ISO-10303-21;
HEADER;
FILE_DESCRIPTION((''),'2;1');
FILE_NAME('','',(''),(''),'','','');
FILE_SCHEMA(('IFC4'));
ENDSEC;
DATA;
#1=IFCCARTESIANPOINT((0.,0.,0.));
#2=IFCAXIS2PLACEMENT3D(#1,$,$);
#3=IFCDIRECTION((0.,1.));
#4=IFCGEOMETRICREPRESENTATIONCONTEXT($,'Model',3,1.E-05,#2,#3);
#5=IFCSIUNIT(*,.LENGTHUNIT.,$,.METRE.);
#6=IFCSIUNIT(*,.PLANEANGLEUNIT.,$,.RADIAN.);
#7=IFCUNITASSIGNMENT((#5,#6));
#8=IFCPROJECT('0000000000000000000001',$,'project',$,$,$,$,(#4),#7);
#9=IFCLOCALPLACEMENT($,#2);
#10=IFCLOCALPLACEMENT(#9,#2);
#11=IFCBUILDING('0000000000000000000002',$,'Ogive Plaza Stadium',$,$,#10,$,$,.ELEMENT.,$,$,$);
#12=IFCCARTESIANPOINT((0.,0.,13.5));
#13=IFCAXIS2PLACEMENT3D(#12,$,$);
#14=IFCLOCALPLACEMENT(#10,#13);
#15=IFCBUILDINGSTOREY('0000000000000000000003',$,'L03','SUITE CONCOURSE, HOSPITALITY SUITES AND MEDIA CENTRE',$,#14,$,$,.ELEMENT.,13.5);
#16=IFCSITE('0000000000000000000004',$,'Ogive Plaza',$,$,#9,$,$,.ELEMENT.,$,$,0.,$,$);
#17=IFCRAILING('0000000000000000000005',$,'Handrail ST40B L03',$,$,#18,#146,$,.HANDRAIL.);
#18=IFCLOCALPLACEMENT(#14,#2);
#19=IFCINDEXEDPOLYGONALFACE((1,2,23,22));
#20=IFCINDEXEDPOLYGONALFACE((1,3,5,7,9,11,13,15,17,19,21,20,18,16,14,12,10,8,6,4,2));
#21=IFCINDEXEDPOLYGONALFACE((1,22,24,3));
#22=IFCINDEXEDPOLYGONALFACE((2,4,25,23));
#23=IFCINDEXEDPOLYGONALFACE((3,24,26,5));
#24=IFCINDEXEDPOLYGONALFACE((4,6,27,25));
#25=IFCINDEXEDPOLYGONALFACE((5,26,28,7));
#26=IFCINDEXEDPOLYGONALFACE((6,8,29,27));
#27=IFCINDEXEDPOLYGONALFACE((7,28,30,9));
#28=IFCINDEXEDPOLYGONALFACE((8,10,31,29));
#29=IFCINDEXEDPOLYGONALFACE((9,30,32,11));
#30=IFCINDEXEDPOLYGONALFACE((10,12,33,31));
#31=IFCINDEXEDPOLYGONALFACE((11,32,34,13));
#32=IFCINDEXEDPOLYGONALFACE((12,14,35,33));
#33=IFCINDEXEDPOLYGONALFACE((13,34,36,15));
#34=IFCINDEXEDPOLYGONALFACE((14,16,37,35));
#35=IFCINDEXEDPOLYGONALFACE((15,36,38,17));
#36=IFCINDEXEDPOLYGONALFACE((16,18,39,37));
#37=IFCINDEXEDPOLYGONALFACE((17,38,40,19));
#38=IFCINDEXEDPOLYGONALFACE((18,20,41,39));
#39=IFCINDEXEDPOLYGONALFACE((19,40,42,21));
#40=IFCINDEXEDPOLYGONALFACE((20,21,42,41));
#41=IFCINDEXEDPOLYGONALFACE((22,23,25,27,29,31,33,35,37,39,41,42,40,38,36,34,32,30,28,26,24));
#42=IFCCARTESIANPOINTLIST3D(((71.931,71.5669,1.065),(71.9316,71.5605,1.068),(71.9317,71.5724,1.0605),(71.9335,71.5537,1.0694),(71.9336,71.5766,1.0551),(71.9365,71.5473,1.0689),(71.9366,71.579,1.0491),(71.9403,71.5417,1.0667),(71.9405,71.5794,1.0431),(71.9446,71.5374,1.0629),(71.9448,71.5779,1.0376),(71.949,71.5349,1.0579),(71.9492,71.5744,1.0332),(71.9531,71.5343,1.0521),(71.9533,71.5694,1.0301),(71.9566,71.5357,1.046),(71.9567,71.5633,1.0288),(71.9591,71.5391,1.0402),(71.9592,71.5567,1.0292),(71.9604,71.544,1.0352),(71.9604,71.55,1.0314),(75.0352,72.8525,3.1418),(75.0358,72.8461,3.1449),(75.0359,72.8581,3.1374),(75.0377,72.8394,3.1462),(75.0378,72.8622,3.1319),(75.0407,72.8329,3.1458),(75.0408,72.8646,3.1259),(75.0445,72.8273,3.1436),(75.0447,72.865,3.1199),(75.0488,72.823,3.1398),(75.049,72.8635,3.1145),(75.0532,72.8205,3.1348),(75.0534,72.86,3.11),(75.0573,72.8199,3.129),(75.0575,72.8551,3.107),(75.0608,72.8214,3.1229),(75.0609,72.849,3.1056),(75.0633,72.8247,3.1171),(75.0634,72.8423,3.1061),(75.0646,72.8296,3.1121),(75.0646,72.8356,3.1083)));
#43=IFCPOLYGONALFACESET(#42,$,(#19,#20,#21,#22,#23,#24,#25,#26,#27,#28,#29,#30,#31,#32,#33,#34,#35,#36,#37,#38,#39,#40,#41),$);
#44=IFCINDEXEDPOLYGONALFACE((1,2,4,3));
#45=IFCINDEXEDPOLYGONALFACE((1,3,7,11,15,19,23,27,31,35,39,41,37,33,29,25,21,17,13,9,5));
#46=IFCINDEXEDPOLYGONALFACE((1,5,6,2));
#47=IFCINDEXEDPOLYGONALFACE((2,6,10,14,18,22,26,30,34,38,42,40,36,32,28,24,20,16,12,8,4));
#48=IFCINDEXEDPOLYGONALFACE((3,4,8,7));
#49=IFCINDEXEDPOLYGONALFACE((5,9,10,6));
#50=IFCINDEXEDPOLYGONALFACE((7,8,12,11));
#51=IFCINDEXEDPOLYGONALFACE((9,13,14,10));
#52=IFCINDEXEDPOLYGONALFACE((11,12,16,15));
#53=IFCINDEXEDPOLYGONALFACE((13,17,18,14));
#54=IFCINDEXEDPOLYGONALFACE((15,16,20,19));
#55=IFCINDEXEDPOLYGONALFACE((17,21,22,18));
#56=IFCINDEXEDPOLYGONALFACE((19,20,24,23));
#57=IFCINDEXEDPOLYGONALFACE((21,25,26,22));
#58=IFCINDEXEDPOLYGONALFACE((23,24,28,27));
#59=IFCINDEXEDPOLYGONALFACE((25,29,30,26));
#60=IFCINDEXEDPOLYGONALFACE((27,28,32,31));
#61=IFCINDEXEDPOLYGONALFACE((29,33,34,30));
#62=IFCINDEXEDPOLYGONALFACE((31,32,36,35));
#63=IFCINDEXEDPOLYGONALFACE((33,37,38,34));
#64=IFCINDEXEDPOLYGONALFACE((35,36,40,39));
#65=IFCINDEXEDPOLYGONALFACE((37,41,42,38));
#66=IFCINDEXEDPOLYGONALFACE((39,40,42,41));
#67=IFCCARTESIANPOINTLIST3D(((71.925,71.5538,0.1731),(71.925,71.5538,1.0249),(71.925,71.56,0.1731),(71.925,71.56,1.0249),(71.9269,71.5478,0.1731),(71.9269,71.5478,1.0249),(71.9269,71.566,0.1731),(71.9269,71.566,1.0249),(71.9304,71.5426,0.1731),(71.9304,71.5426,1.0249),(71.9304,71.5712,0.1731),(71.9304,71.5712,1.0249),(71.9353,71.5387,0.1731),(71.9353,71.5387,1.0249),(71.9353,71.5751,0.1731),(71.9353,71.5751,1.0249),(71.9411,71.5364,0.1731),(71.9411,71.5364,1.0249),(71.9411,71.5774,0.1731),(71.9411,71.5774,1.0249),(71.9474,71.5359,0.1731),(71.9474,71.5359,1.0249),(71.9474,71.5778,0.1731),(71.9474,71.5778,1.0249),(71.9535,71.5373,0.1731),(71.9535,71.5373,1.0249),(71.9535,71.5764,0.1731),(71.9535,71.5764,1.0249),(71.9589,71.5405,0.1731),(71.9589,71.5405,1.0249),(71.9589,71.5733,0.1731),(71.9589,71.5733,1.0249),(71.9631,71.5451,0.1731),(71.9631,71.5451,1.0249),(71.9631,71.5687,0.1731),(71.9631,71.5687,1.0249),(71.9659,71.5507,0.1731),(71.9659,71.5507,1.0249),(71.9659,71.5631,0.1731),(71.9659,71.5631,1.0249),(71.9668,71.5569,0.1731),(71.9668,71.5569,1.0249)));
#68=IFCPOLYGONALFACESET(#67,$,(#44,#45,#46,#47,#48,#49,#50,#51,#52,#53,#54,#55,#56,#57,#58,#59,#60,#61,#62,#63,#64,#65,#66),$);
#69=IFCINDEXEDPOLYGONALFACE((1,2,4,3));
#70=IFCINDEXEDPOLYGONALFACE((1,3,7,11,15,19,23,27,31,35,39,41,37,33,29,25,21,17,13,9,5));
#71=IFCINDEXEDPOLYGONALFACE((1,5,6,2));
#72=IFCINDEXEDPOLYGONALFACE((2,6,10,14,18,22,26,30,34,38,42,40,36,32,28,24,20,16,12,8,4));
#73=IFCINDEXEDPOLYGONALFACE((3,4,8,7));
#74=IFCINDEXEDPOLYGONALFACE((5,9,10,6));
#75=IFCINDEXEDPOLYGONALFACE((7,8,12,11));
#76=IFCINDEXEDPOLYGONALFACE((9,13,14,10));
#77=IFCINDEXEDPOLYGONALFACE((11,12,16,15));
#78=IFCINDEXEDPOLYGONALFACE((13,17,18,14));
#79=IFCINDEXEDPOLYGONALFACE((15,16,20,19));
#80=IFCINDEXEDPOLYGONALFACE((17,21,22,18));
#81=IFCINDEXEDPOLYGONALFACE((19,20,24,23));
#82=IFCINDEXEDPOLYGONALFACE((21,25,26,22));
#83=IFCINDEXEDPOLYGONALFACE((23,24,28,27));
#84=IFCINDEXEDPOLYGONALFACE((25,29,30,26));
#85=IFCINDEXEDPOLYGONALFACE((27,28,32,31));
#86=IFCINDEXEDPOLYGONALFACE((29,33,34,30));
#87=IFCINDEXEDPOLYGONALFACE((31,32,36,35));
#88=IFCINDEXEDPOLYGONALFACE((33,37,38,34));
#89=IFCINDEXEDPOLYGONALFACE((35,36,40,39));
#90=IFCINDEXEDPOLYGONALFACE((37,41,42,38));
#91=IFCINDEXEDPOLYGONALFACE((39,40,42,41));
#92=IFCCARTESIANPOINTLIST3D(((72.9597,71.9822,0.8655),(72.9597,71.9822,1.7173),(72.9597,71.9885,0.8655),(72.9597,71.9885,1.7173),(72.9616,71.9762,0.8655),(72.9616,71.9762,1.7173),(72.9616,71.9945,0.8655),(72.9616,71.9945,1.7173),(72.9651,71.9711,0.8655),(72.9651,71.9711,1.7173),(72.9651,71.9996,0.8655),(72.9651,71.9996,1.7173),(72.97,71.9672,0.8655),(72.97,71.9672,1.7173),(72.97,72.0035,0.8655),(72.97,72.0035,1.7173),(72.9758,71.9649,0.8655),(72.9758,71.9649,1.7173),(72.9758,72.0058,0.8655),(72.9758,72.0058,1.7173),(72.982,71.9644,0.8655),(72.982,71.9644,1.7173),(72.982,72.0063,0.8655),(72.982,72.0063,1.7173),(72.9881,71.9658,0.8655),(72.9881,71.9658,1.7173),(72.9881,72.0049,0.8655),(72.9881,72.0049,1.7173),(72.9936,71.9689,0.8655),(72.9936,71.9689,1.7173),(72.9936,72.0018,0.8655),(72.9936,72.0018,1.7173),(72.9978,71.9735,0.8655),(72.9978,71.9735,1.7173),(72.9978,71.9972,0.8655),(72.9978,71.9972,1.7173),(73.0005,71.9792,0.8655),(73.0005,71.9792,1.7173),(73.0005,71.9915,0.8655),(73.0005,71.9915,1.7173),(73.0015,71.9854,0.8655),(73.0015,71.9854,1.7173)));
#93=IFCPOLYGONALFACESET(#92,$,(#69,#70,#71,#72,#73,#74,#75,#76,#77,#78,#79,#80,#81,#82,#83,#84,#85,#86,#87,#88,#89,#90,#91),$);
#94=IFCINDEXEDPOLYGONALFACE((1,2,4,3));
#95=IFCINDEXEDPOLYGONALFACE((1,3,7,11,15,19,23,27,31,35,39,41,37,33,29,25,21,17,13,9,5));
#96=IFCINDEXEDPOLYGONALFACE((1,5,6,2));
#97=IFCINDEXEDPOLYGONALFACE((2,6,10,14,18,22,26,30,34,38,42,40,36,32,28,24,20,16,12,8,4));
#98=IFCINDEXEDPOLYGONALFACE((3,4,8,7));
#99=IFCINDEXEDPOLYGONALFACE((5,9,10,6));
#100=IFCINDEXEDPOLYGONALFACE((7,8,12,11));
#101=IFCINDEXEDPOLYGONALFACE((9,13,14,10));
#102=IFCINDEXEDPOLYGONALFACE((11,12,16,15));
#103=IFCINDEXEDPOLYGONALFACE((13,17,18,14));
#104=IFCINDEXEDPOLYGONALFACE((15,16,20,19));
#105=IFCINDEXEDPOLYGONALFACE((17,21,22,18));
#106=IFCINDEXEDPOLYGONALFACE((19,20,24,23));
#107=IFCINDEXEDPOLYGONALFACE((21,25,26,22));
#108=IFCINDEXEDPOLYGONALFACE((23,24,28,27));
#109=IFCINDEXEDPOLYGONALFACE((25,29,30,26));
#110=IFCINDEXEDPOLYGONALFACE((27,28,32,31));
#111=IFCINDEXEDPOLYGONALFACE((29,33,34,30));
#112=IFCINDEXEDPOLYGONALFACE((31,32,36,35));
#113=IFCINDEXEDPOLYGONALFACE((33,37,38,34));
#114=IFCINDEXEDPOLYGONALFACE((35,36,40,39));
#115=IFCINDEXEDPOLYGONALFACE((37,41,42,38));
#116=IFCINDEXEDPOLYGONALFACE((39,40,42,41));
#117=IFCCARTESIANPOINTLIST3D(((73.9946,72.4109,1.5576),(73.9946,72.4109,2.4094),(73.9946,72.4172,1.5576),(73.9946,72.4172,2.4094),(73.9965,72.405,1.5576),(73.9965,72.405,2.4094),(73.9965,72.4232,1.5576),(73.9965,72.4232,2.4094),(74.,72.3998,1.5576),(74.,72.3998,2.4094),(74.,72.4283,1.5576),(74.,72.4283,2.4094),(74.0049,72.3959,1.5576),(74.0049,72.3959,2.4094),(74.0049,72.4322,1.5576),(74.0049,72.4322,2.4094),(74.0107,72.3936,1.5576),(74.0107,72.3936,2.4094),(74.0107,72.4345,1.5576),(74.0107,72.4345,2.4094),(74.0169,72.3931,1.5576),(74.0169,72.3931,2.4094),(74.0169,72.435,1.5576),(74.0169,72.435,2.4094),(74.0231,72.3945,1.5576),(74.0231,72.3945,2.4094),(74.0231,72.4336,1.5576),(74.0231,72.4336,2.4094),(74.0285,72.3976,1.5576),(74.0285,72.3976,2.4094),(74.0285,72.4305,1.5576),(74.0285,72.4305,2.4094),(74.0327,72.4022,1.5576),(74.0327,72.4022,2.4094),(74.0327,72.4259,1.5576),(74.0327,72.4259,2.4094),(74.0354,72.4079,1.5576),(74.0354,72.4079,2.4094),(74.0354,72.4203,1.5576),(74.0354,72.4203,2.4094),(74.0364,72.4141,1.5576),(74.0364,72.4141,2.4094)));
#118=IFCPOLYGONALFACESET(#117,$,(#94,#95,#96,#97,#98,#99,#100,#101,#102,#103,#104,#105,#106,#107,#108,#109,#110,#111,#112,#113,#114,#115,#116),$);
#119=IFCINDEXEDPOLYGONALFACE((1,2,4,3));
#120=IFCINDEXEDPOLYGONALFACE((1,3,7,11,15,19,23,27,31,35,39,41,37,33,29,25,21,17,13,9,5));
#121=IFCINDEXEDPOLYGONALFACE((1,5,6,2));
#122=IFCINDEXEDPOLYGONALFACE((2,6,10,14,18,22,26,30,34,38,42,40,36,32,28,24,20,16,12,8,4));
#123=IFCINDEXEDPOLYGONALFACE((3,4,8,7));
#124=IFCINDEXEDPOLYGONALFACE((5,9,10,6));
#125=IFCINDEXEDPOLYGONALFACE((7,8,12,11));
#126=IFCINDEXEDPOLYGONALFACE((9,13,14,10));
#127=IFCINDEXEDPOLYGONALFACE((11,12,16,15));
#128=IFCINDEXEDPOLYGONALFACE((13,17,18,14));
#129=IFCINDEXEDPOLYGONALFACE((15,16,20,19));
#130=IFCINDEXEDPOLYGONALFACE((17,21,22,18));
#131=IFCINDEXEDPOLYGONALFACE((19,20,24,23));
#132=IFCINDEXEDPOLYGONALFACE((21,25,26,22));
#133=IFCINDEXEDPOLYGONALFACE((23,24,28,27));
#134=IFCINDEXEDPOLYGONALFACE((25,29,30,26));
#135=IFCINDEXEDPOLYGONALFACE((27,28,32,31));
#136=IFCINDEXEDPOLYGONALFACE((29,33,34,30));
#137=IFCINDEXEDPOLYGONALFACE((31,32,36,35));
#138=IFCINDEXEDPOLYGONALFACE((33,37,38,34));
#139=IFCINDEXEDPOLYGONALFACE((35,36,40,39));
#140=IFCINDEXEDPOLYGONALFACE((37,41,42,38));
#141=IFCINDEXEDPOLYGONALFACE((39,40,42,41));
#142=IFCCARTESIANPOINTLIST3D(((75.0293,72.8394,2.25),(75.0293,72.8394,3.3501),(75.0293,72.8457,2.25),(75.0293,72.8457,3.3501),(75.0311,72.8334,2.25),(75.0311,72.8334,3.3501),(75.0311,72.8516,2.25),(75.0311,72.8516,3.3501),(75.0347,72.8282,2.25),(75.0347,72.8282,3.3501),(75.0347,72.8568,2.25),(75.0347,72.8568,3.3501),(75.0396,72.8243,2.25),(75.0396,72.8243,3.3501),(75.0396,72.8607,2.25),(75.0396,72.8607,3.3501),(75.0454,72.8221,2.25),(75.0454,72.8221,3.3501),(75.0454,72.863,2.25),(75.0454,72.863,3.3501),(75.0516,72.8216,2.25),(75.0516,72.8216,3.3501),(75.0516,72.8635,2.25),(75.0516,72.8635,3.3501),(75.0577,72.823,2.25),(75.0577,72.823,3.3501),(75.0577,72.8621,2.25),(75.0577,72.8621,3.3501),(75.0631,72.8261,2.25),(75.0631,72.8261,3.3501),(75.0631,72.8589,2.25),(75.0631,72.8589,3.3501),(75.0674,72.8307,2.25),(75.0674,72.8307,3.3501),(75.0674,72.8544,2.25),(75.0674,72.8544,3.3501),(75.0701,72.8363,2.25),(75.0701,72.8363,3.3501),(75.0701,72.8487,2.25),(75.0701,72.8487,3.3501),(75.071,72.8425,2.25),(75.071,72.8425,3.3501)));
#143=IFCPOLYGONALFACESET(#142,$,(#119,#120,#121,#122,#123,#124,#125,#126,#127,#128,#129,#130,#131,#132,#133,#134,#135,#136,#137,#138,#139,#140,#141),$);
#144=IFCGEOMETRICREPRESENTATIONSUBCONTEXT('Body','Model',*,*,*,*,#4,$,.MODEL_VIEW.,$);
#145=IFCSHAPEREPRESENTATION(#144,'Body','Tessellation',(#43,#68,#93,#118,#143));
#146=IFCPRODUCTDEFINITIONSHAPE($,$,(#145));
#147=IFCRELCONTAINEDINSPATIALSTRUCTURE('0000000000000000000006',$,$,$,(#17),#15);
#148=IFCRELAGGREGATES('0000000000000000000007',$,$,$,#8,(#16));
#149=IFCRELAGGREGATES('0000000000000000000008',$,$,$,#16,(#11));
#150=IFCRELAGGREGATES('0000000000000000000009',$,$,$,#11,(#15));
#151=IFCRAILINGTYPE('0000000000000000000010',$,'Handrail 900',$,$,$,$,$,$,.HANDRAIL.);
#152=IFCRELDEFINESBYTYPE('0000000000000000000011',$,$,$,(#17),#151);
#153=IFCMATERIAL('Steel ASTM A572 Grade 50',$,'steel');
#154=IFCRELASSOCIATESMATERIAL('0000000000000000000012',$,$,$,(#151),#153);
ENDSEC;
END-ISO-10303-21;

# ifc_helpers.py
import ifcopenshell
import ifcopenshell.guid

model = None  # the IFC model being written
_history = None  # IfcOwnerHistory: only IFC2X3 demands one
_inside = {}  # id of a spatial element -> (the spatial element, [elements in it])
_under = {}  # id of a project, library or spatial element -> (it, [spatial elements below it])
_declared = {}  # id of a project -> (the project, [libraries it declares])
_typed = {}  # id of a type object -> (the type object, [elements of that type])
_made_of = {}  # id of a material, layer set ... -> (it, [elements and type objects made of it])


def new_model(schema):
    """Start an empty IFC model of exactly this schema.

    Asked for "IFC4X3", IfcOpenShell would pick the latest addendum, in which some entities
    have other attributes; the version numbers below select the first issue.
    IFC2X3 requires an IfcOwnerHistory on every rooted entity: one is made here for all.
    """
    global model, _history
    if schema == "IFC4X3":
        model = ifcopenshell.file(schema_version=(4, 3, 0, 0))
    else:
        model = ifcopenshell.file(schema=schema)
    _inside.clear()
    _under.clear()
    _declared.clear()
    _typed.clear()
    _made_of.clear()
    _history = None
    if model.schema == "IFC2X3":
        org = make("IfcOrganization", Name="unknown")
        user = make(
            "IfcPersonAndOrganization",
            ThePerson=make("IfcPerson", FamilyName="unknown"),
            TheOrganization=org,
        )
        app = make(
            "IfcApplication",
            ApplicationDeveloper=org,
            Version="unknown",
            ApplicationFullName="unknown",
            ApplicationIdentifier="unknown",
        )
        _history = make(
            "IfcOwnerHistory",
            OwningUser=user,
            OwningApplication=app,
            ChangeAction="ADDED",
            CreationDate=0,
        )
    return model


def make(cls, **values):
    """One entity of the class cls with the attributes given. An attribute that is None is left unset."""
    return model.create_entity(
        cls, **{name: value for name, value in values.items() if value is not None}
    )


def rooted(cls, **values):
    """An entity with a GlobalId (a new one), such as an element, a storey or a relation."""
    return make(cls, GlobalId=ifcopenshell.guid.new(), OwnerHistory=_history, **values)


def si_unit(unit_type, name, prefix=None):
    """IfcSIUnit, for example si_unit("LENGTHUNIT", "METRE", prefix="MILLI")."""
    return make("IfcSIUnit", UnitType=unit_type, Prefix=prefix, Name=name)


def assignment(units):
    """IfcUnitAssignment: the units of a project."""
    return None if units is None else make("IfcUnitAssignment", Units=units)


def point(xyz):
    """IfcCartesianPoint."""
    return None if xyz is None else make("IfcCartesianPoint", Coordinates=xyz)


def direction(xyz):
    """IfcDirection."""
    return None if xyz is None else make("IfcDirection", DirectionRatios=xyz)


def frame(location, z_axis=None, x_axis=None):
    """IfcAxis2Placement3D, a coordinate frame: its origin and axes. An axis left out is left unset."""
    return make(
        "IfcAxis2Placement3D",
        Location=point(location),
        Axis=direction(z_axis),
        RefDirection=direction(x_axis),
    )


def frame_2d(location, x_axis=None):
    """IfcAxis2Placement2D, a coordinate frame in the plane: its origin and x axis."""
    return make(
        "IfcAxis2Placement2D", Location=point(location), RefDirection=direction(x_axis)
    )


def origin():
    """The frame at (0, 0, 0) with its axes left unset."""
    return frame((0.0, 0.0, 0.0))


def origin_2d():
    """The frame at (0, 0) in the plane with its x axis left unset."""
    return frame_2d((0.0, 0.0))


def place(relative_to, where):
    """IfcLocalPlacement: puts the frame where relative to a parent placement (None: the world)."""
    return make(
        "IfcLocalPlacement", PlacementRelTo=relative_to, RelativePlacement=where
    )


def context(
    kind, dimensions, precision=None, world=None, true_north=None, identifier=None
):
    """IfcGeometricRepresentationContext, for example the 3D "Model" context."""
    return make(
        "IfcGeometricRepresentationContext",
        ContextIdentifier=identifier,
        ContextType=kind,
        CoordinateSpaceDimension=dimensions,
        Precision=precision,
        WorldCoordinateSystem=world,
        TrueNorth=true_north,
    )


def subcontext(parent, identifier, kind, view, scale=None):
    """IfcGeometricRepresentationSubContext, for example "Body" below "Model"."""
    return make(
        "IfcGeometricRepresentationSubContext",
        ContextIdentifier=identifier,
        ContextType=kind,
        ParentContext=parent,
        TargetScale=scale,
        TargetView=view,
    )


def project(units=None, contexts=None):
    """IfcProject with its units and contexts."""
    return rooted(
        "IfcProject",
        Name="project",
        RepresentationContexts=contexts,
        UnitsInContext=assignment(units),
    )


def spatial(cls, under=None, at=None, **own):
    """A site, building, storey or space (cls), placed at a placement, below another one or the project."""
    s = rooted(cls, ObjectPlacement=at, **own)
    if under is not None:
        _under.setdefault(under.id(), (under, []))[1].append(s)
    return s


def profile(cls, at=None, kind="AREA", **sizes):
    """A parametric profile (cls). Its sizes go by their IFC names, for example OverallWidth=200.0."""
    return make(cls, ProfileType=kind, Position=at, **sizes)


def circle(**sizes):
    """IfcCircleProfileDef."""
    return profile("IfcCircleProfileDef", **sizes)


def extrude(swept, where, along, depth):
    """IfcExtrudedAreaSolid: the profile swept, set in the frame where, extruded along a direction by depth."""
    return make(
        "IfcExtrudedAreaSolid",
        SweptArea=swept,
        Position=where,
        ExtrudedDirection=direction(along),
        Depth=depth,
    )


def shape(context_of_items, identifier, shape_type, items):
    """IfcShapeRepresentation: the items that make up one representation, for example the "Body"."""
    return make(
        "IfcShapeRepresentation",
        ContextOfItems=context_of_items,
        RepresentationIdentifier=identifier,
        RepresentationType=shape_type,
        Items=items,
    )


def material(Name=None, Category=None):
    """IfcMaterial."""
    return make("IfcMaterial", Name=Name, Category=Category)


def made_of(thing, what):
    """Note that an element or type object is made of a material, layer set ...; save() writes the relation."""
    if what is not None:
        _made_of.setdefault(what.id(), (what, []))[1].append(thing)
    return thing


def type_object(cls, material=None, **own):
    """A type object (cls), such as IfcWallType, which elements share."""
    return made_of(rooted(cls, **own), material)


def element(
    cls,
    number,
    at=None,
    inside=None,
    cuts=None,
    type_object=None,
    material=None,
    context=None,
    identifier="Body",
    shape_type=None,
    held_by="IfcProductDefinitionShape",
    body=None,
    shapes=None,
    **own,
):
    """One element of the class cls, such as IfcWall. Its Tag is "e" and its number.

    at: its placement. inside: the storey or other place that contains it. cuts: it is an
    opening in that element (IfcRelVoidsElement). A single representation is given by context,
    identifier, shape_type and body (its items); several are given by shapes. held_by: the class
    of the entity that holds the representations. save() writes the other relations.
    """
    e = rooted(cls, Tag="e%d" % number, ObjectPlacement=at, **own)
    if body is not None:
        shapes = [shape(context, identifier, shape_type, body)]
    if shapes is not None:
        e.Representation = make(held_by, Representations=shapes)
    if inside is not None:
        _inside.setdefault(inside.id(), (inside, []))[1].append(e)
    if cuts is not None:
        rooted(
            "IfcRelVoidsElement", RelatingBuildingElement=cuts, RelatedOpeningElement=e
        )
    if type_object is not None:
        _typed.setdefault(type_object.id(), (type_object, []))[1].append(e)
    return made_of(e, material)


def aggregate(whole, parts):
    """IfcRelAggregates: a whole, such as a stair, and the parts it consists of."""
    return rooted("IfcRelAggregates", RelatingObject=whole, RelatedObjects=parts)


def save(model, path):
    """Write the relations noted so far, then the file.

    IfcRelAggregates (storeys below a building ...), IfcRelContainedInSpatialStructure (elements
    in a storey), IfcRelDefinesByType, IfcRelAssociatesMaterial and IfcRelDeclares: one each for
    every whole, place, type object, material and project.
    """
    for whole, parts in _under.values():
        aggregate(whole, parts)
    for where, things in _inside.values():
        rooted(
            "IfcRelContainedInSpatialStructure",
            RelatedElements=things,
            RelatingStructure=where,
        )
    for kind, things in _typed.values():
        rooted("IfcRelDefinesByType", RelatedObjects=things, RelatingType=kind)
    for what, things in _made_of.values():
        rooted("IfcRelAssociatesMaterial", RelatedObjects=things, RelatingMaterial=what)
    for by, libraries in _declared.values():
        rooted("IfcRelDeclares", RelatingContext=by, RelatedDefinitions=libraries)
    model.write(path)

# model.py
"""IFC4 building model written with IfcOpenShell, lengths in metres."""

from ifc_helpers import new_model, si_unit, direction, frame, origin, origin_2d, place, context, subcontext, project, spatial, circle, extrude, material, type_object, element, save


model = new_model("IFC4")

# Units and contexts
model_context = context("Model", 3, precision=1e-05, world=origin(), true_north=direction((0.0, 1.0)))
body_context = subcontext(model_context, "Body", "Model", "MODEL_VIEW")
ifc_project = project(units=[si_unit("LENGTHUNIT", "METRE"), si_unit("PLANEANGLEUNIT", "RADIAN")], contexts=[model_context])

# Site, building, storey
site_placement = place(None, origin())
site = spatial("IfcSite", under=ifc_project, at=site_placement, Name="Ogive Plaza", CompositionType="ELEMENT", RefElevation=0.0)
building_placement = place(site_placement, origin())
building = spatial("IfcBuilding", under=site, at=building_placement, Name="Ogive Plaza Stadium", CompositionType="ELEMENT")
storey_placement = place(building_placement, frame((0.0, 0.0, 13.5)))
storey = spatial("IfcBuildingStorey", under=building, at=storey_placement, Name="L03", Description="SUITE CONCOURSE, HOSPITALITY SUITES AND MEDIA CENTRE", CompositionType="ELEMENT", Elevation=13.5)

# Railing
ifc_material_1 = material(Name="Steel ASTM A572 Grade 50", Category="steel")
railing_type_1 = type_object("IfcRailingType", Name="Handrail 900", PredefinedType="HANDRAIL", material=ifc_material_1)
railing_1_placement = place(storey_placement, frame((71.9458, 71.5569, 0.1731)))
element("IfcRailing", 1, at=railing_1_placement, inside=storey, type_object=railing_type_1, Name="Handrail ST40B L03", PredefinedType="HANDRAIL", context=body_context, shape_type="SweptSolid", body=[
    extrude(circle(Radius=0.0239, at=origin_2d()), frame((0.0, 0.0, 0.876), z_axis=(0.785879, 0.325477, 0.525794), x_axis=(-0.382638, 0.923898, 0.0)), (0.0, 0.0, 1.0), 3.95),
    extrude(circle(Radius=0.021, at=origin_2d()), origin(), (0.0, 0.0, 1.0), 0.8518),
    extrude(circle(Radius=0.021, at=origin_2d()), frame((1.0347, 0.4285, 0.6924)), (0.0, 0.0, 1.0), 0.8518),
    extrude(circle(Radius=0.021, at=origin_2d()), frame((2.0696, 0.8572, 1.3845)), (0.0, 0.0, 1.0), 0.8518),
    extrude(circle(Radius=0.021, at=origin_2d()), frame((3.1042, 1.2856, 2.0769)), (0.0, 0.0, 1.0), 1.1001),
])

save(model, "model.ifc")
